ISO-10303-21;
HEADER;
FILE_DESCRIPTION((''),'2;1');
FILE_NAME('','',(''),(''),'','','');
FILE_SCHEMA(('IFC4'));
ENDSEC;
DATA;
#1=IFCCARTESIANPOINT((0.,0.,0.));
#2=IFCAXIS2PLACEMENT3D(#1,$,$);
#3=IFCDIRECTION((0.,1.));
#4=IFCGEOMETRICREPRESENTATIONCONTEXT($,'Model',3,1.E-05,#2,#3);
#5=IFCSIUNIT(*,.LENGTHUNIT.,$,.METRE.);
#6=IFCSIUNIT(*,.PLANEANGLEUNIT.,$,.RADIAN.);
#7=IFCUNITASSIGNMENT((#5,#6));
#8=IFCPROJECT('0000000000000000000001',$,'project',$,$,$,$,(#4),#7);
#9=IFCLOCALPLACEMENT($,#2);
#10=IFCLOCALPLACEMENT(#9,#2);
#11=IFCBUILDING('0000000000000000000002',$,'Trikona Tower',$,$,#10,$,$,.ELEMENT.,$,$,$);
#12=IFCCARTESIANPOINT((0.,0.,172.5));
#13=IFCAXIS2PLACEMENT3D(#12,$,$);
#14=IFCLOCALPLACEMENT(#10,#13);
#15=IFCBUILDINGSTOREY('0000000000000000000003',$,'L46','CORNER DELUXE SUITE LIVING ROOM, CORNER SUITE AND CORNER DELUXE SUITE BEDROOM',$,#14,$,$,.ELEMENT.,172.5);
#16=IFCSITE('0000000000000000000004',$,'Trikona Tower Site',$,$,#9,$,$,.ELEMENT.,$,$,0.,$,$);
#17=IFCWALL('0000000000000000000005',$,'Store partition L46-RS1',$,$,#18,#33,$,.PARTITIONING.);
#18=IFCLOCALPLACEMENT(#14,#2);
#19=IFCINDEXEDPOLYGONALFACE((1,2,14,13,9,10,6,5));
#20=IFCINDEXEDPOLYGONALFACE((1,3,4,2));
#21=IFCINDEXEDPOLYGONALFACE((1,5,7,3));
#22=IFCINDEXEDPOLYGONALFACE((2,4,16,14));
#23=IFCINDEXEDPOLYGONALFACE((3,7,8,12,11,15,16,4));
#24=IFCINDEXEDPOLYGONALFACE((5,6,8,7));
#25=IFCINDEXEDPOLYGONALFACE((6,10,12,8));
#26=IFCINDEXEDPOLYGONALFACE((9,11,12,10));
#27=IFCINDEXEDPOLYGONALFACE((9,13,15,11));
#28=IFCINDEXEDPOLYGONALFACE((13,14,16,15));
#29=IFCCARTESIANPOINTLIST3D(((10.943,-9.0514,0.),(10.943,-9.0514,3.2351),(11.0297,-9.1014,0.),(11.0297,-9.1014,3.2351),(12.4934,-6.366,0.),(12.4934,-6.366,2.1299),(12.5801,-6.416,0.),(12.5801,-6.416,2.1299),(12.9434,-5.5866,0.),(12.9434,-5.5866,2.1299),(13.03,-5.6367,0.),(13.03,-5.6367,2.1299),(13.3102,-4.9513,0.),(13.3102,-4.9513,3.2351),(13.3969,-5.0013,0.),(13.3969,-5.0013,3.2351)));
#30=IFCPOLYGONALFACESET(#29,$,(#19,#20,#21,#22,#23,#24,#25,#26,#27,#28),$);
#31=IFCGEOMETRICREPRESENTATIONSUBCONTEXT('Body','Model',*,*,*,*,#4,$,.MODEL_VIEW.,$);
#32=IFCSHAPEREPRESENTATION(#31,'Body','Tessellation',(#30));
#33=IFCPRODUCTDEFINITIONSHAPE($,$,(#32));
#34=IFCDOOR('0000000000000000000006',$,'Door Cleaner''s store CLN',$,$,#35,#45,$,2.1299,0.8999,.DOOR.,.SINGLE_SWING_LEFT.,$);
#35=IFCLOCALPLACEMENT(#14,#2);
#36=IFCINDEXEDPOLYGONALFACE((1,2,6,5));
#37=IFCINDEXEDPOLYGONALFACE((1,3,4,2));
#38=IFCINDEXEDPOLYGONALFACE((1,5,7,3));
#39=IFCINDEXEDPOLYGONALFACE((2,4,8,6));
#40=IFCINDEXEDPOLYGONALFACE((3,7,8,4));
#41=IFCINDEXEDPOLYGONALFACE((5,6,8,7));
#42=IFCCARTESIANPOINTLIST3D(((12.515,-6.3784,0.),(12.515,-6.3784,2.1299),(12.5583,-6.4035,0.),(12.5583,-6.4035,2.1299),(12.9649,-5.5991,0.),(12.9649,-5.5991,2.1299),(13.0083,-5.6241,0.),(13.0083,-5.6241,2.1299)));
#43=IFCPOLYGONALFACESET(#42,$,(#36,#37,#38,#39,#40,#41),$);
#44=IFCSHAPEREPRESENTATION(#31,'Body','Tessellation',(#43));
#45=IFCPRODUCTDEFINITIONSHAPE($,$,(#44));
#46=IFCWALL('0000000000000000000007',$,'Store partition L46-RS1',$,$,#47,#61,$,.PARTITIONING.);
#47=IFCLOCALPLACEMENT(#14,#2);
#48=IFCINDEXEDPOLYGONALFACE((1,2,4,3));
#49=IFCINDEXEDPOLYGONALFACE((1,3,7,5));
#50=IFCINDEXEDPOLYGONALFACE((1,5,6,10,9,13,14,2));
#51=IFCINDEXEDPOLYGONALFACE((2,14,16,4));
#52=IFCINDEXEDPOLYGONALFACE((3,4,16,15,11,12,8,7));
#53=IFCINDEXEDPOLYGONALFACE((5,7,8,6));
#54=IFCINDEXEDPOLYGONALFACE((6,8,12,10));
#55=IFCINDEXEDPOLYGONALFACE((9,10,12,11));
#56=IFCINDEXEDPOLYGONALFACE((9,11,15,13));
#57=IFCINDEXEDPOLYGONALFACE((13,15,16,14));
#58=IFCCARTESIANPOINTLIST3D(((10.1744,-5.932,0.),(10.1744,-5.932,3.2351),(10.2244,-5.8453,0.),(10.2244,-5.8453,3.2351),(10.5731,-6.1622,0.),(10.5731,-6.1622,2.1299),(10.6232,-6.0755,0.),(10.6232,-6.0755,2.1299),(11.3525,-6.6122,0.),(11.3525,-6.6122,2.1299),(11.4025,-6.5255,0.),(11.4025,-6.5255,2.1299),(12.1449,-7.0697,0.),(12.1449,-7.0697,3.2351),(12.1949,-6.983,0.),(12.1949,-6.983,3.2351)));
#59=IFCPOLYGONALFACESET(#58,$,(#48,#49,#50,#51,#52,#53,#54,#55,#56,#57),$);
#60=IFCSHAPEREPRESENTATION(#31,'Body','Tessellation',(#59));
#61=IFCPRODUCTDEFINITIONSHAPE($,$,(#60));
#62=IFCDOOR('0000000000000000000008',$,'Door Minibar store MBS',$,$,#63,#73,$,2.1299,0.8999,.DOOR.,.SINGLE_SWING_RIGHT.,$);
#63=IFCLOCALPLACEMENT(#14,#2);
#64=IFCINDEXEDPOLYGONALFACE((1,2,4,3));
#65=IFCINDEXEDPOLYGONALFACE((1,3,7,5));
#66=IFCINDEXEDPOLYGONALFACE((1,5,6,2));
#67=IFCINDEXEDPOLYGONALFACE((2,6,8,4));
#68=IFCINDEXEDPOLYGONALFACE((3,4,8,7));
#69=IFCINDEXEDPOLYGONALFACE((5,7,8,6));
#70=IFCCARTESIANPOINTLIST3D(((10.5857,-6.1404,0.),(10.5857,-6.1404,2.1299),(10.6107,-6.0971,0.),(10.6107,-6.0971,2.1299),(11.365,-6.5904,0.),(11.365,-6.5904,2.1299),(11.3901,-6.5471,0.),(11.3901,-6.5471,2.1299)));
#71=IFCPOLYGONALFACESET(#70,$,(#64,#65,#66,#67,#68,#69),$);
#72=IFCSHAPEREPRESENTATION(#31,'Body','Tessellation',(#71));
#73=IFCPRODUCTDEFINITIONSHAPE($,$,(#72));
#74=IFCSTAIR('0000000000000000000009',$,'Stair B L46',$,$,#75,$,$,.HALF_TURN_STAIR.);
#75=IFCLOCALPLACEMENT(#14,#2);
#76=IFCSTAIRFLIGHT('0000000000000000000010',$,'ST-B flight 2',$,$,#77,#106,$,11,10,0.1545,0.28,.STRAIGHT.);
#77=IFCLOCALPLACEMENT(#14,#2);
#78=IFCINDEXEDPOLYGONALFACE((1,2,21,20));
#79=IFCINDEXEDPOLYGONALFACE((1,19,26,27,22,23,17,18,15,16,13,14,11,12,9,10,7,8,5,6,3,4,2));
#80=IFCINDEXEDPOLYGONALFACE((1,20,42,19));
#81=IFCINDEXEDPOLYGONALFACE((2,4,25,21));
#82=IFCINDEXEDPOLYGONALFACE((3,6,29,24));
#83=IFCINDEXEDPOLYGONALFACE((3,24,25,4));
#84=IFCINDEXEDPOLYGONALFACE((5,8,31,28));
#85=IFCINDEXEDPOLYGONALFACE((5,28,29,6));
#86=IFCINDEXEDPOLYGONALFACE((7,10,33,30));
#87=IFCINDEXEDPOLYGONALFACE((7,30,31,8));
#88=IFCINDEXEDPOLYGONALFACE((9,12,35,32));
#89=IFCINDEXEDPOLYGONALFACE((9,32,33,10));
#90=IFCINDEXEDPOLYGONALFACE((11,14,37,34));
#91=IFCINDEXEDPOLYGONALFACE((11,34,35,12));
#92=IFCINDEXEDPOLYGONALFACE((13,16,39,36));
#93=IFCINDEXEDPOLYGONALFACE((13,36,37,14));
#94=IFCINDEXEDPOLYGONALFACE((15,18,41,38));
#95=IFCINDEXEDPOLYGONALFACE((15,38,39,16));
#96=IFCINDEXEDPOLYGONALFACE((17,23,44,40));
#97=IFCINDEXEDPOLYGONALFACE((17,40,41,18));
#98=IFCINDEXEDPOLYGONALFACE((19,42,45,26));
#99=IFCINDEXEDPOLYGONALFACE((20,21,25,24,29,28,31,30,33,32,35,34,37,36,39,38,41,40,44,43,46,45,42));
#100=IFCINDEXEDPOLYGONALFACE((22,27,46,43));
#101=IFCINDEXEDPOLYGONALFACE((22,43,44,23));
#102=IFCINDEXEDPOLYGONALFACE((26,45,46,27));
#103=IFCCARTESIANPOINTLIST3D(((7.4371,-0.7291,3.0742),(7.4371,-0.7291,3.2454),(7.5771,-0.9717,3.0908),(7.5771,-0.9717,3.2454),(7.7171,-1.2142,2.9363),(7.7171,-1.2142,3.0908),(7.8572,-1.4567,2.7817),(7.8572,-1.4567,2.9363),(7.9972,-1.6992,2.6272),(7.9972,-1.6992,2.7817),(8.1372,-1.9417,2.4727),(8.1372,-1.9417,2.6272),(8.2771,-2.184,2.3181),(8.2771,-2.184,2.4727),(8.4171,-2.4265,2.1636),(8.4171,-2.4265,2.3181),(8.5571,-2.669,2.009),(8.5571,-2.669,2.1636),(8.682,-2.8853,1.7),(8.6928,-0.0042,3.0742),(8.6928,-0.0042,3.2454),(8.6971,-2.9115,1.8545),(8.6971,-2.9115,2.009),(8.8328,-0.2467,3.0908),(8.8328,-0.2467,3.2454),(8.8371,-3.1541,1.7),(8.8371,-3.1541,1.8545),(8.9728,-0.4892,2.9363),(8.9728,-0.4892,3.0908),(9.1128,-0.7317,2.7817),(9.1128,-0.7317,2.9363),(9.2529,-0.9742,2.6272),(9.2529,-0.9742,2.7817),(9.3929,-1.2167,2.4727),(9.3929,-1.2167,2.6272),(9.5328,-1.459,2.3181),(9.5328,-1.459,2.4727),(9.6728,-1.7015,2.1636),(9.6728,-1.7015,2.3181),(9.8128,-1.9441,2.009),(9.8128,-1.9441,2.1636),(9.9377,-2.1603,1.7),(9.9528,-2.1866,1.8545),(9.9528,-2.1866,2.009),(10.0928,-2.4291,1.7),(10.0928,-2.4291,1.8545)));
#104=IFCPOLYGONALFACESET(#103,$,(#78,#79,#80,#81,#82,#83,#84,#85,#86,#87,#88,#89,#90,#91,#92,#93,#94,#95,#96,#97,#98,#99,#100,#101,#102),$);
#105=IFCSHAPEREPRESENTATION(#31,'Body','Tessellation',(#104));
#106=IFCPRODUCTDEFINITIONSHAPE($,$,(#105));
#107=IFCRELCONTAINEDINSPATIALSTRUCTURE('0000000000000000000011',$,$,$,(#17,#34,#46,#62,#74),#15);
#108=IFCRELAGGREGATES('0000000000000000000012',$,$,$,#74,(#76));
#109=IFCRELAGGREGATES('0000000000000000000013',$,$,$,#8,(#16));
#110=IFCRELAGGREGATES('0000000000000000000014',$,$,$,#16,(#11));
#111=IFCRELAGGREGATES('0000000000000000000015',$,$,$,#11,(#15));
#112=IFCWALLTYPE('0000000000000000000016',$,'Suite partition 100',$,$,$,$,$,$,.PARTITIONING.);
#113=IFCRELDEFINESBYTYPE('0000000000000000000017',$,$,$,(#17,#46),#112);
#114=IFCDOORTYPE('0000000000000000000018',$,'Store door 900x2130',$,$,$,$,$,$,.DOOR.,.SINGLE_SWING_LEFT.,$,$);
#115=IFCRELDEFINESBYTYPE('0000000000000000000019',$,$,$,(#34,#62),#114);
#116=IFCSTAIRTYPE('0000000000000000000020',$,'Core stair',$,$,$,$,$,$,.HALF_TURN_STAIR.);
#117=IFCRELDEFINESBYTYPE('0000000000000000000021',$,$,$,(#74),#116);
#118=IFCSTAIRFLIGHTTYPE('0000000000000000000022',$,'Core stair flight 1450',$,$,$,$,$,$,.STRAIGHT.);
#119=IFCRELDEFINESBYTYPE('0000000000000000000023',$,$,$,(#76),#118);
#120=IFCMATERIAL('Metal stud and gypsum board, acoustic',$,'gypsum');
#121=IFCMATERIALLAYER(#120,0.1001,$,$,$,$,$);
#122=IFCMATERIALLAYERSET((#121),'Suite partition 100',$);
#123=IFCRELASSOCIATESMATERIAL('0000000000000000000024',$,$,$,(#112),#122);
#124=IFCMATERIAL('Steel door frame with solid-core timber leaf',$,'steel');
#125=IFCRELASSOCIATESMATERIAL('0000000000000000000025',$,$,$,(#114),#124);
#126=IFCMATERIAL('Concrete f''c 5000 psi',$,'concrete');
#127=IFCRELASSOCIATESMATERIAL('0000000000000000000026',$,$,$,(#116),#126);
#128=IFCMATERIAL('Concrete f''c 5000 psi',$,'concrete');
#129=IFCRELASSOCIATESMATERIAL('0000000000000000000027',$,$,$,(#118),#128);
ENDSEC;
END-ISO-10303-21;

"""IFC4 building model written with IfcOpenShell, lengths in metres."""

from ifc_helpers import new_model, si_unit, direction, frame, frame_2d, origin, place, context, subcontext, project, spatial, polyline, rectangle, outline, extrude, material, layer, layer_set, type_object, element, fill, aggregate, save


model = new_model("IFC4")

# Units and contexts
model_context = context("Model", 3, precision=1e-05, world=origin(), true_north=direction((0.0, 1.0)))
body_context = subcontext(model_context, "Body", "Model", "MODEL_VIEW")
ifc_project = project(units=[si_unit("LENGTHUNIT", "METRE"), si_unit("PLANEANGLEUNIT", "RADIAN")], contexts=[model_context])

# Site, building, storey
site_placement = place(None, origin())
site = spatial("IfcSite", under=ifc_project, at=site_placement, Name="Trikona Tower Site", CompositionType="ELEMENT", RefElevation=0.0)
building_placement = place(site_placement, origin())
building = spatial("IfcBuilding", under=site, at=building_placement, Name="Trikona Tower", CompositionType="ELEMENT")
storey_placement = place(building_placement, frame((0.0, 0.0, 172.5)))
storey = spatial("IfcBuildingStorey", under=building, at=storey_placement, Name="L46", Description="CORNER DELUXE SUITE LIVING ROOM, CORNER SUITE AND CORNER DELUXE SUITE BEDROOM", CompositionType="ELEMENT", Elevation=172.5)

# Walls, openings, doors
ifc_material_1 = material(Name="Metal stud and gypsum board, acoustic", Category="gypsum")
ifc_layer_1 = layer(ifc_material_1, 0.1001)
ifc_layer_set_1 = layer_set([ifc_layer_1], Name="Suite partition 100")
wall_type_1 = type_object("IfcWallType", Name="Suite partition 100", PredefinedType="PARTITIONING", material=ifc_layer_set_1)
wall_1_placement = place(storey_placement, frame((13.3535, -4.9763, 0.0), z_axis=(0.0, 0.0, 1.0), x_axis=(-0.499999, -0.866026, 0.0)))
wall_1 = element("IfcWall", 1, at=wall_1_placement, inside=storey, type_object=wall_type_1, Name="Store partition L46-RS1", PredefinedType="PARTITIONING", context=body_context, shape_type="SweptSolid", body=[
    extrude(rectangle(XDim=4.7344, YDim=0.1001, at=frame_2d((2.3672, 0.0))), origin(), (0.0, 0.0, 1.0), 3.2351),
])
opening_1_placement = place(wall_1_placement, frame((0.7336, 0.0, 0.0)))
opening_1 = element("IfcOpeningElement", 2, at=opening_1_placement, cuts=wall_1, PredefinedType="OPENING", context=body_context, shape_type="SweptSolid", body=[
    extrude(rectangle(XDim=0.8999, YDim=2.1299, at=frame_2d((0.45, 1.0649))), frame((0.0, 0.0601, 0.0), z_axis=(0.0, -1.0, 0.0), x_axis=(1.0, 0.0, 0.0)), (0.0, 0.0, 1.0), 0.1201),
])
ifc_material_2 = material(Name="Steel door frame with solid-core timber leaf", Category="steel")
door_type_1 = type_object("IfcDoorType", Name="Store door 900x2130", OperationType="SINGLE_SWING_LEFT", PredefinedType="DOOR", material=ifc_material_2)
door_1_placement = place(opening_1_placement, origin())
door_1 = element("IfcDoor", 3, at=door_1_placement, inside=storey, type_object=door_type_1, Name="Door Cleaner's store CLN", OperationType="SINGLE_SWING_LEFT", OverallHeight=2.1299, OverallWidth=0.8999, PredefinedType="DOOR", context=body_context, shape_type="SweptSolid", body=[
    extrude(rectangle(XDim=0.8999, YDim=2.1299, at=frame_2d((0.45, 1.0649))), frame((0.0, 0.0249, 0.0), z_axis=(0.0, -1.0, 0.0), x_axis=(1.0, 0.0, 0.0)), (0.0, 0.0, 1.0), 0.05),
])
fill(opening_1, door_1)
wall_2_placement = place(storey_placement, frame((12.1699, -7.0264, 0.0), z_axis=(0.0, 0.0, 1.0), x_axis=(-0.866016, 0.500017, 0.0)))
wall_2 = element("IfcWall", 4, at=wall_2_placement, inside=storey, type_object=wall_type_1, Name="Store partition L46-RS1", PredefinedType="PARTITIONING", context=body_context, shape_type="SweptSolid", body=[
    extrude(rectangle(XDim=2.2754, YDim=0.1001, at=frame_2d((1.1377, 0.0))), origin(), (0.0, 0.0, 1.0), 3.2351),
])
opening_2_placement = place(wall_2_placement, frame((0.915, 0.0, 0.0)))
opening_2 = element("IfcOpeningElement", 5, at=opening_2_placement, cuts=wall_2, PredefinedType="OPENING", context=body_context, shape_type="SweptSolid", body=[
    extrude(rectangle(XDim=0.8999, YDim=2.1299, at=frame_2d((0.45, 1.0649))), frame((0.0, 0.0601, 0.0), z_axis=(0.0, -1.0, 0.0), x_axis=(1.0, 0.0, 0.0)), (0.0, 0.0, 1.0), 0.1201),
])
door_2_placement = place(opening_2_placement, origin())
door_2 = element("IfcDoor", 6, at=door_2_placement, inside=storey, type_object=door_type_1, Name="Door Minibar store MBS", OperationType="SINGLE_SWING_RIGHT", OverallHeight=2.1299, OverallWidth=0.8999, PredefinedType="DOOR", context=body_context, shape_type="SweptSolid", body=[
    extrude(rectangle(XDim=0.8999, YDim=2.1299, at=frame_2d((0.45, 1.0649))), frame((0.0, 0.0249, 0.0), z_axis=(0.0, -1.0, 0.0), x_axis=(1.0, 0.0, 0.0)), (0.0, 0.0, 1.0), 0.05),
])
fill(opening_2, door_2)

# Stair, stair flight
ifc_material_3 = material(Name="Concrete f'c 5000 psi", Category="concrete")
stair_type = type_object("IfcStairType", Name="Core stair", PredefinedType="HALF_TURN_STAIR", material=ifc_material_3)
stair_placement = place(storey_placement, origin())
stair = element("IfcStair", 7, at=stair_placement, inside=storey, type_object=stair_type, Name="Stair B L46", PredefinedType="HALF_TURN_STAIR")
ifc_material_4 = material(Name="Concrete f'c 5000 psi", Category="concrete")
stair_flight_type = type_object("IfcStairFlightType", Name="Core stair flight 1450", PredefinedType="STRAIGHT", material=ifc_material_4)
stair_flight_placement = place(storey_placement, frame((9.4651, -2.7915, 1.7), z_axis=(0.0, 0.0, 1.0), x_axis=(-0.5, 0.866025, 0.0)))
stair_flight = element("IfcStairFlight", 8, at=stair_flight_placement, type_object=stair_flight_type, Name="ST-B flight 2", NumberOfRisers=11, NumberOfTreads=10, PredefinedType="STRAIGHT", RiserHeight=0.1545, TreadLength=0.28, context=body_context, shape_type="SweptSolid", body=[
    extrude(outline(polyline([(0.0, 0.0), (0.0, 0.1545), (0.28, 0.1545), (0.28, 0.3091), (0.5601, 0.3091), (0.5601, 0.4636), (0.8401, 0.4636), (0.8401, 0.6182), (1.1201, 0.6182), (1.1201, 0.7727), (1.3999, 0.7727), (1.3999, 0.9272), (1.6799, 0.9272), (1.6799, 1.0818), (1.96, 1.0818), (1.96, 1.2363), (2.24, 1.2363), (2.24, 1.3909), (2.52, 1.3909), (2.52, 1.5454), (2.8, 1.5454), (2.8, 1.7), (2.8, 1.3743), (0.3103, 0.0), (0.0, 0.0)])), frame((0.0, 0.7251, 0.0), z_axis=(0.0, -1.0, 0.0), x_axis=(1.0, 0.0, 0.0)), (0.0, 0.0, 1.0), 1.45),
])
aggregate(stair, [stair_flight])

save(model, "model.ifc")
